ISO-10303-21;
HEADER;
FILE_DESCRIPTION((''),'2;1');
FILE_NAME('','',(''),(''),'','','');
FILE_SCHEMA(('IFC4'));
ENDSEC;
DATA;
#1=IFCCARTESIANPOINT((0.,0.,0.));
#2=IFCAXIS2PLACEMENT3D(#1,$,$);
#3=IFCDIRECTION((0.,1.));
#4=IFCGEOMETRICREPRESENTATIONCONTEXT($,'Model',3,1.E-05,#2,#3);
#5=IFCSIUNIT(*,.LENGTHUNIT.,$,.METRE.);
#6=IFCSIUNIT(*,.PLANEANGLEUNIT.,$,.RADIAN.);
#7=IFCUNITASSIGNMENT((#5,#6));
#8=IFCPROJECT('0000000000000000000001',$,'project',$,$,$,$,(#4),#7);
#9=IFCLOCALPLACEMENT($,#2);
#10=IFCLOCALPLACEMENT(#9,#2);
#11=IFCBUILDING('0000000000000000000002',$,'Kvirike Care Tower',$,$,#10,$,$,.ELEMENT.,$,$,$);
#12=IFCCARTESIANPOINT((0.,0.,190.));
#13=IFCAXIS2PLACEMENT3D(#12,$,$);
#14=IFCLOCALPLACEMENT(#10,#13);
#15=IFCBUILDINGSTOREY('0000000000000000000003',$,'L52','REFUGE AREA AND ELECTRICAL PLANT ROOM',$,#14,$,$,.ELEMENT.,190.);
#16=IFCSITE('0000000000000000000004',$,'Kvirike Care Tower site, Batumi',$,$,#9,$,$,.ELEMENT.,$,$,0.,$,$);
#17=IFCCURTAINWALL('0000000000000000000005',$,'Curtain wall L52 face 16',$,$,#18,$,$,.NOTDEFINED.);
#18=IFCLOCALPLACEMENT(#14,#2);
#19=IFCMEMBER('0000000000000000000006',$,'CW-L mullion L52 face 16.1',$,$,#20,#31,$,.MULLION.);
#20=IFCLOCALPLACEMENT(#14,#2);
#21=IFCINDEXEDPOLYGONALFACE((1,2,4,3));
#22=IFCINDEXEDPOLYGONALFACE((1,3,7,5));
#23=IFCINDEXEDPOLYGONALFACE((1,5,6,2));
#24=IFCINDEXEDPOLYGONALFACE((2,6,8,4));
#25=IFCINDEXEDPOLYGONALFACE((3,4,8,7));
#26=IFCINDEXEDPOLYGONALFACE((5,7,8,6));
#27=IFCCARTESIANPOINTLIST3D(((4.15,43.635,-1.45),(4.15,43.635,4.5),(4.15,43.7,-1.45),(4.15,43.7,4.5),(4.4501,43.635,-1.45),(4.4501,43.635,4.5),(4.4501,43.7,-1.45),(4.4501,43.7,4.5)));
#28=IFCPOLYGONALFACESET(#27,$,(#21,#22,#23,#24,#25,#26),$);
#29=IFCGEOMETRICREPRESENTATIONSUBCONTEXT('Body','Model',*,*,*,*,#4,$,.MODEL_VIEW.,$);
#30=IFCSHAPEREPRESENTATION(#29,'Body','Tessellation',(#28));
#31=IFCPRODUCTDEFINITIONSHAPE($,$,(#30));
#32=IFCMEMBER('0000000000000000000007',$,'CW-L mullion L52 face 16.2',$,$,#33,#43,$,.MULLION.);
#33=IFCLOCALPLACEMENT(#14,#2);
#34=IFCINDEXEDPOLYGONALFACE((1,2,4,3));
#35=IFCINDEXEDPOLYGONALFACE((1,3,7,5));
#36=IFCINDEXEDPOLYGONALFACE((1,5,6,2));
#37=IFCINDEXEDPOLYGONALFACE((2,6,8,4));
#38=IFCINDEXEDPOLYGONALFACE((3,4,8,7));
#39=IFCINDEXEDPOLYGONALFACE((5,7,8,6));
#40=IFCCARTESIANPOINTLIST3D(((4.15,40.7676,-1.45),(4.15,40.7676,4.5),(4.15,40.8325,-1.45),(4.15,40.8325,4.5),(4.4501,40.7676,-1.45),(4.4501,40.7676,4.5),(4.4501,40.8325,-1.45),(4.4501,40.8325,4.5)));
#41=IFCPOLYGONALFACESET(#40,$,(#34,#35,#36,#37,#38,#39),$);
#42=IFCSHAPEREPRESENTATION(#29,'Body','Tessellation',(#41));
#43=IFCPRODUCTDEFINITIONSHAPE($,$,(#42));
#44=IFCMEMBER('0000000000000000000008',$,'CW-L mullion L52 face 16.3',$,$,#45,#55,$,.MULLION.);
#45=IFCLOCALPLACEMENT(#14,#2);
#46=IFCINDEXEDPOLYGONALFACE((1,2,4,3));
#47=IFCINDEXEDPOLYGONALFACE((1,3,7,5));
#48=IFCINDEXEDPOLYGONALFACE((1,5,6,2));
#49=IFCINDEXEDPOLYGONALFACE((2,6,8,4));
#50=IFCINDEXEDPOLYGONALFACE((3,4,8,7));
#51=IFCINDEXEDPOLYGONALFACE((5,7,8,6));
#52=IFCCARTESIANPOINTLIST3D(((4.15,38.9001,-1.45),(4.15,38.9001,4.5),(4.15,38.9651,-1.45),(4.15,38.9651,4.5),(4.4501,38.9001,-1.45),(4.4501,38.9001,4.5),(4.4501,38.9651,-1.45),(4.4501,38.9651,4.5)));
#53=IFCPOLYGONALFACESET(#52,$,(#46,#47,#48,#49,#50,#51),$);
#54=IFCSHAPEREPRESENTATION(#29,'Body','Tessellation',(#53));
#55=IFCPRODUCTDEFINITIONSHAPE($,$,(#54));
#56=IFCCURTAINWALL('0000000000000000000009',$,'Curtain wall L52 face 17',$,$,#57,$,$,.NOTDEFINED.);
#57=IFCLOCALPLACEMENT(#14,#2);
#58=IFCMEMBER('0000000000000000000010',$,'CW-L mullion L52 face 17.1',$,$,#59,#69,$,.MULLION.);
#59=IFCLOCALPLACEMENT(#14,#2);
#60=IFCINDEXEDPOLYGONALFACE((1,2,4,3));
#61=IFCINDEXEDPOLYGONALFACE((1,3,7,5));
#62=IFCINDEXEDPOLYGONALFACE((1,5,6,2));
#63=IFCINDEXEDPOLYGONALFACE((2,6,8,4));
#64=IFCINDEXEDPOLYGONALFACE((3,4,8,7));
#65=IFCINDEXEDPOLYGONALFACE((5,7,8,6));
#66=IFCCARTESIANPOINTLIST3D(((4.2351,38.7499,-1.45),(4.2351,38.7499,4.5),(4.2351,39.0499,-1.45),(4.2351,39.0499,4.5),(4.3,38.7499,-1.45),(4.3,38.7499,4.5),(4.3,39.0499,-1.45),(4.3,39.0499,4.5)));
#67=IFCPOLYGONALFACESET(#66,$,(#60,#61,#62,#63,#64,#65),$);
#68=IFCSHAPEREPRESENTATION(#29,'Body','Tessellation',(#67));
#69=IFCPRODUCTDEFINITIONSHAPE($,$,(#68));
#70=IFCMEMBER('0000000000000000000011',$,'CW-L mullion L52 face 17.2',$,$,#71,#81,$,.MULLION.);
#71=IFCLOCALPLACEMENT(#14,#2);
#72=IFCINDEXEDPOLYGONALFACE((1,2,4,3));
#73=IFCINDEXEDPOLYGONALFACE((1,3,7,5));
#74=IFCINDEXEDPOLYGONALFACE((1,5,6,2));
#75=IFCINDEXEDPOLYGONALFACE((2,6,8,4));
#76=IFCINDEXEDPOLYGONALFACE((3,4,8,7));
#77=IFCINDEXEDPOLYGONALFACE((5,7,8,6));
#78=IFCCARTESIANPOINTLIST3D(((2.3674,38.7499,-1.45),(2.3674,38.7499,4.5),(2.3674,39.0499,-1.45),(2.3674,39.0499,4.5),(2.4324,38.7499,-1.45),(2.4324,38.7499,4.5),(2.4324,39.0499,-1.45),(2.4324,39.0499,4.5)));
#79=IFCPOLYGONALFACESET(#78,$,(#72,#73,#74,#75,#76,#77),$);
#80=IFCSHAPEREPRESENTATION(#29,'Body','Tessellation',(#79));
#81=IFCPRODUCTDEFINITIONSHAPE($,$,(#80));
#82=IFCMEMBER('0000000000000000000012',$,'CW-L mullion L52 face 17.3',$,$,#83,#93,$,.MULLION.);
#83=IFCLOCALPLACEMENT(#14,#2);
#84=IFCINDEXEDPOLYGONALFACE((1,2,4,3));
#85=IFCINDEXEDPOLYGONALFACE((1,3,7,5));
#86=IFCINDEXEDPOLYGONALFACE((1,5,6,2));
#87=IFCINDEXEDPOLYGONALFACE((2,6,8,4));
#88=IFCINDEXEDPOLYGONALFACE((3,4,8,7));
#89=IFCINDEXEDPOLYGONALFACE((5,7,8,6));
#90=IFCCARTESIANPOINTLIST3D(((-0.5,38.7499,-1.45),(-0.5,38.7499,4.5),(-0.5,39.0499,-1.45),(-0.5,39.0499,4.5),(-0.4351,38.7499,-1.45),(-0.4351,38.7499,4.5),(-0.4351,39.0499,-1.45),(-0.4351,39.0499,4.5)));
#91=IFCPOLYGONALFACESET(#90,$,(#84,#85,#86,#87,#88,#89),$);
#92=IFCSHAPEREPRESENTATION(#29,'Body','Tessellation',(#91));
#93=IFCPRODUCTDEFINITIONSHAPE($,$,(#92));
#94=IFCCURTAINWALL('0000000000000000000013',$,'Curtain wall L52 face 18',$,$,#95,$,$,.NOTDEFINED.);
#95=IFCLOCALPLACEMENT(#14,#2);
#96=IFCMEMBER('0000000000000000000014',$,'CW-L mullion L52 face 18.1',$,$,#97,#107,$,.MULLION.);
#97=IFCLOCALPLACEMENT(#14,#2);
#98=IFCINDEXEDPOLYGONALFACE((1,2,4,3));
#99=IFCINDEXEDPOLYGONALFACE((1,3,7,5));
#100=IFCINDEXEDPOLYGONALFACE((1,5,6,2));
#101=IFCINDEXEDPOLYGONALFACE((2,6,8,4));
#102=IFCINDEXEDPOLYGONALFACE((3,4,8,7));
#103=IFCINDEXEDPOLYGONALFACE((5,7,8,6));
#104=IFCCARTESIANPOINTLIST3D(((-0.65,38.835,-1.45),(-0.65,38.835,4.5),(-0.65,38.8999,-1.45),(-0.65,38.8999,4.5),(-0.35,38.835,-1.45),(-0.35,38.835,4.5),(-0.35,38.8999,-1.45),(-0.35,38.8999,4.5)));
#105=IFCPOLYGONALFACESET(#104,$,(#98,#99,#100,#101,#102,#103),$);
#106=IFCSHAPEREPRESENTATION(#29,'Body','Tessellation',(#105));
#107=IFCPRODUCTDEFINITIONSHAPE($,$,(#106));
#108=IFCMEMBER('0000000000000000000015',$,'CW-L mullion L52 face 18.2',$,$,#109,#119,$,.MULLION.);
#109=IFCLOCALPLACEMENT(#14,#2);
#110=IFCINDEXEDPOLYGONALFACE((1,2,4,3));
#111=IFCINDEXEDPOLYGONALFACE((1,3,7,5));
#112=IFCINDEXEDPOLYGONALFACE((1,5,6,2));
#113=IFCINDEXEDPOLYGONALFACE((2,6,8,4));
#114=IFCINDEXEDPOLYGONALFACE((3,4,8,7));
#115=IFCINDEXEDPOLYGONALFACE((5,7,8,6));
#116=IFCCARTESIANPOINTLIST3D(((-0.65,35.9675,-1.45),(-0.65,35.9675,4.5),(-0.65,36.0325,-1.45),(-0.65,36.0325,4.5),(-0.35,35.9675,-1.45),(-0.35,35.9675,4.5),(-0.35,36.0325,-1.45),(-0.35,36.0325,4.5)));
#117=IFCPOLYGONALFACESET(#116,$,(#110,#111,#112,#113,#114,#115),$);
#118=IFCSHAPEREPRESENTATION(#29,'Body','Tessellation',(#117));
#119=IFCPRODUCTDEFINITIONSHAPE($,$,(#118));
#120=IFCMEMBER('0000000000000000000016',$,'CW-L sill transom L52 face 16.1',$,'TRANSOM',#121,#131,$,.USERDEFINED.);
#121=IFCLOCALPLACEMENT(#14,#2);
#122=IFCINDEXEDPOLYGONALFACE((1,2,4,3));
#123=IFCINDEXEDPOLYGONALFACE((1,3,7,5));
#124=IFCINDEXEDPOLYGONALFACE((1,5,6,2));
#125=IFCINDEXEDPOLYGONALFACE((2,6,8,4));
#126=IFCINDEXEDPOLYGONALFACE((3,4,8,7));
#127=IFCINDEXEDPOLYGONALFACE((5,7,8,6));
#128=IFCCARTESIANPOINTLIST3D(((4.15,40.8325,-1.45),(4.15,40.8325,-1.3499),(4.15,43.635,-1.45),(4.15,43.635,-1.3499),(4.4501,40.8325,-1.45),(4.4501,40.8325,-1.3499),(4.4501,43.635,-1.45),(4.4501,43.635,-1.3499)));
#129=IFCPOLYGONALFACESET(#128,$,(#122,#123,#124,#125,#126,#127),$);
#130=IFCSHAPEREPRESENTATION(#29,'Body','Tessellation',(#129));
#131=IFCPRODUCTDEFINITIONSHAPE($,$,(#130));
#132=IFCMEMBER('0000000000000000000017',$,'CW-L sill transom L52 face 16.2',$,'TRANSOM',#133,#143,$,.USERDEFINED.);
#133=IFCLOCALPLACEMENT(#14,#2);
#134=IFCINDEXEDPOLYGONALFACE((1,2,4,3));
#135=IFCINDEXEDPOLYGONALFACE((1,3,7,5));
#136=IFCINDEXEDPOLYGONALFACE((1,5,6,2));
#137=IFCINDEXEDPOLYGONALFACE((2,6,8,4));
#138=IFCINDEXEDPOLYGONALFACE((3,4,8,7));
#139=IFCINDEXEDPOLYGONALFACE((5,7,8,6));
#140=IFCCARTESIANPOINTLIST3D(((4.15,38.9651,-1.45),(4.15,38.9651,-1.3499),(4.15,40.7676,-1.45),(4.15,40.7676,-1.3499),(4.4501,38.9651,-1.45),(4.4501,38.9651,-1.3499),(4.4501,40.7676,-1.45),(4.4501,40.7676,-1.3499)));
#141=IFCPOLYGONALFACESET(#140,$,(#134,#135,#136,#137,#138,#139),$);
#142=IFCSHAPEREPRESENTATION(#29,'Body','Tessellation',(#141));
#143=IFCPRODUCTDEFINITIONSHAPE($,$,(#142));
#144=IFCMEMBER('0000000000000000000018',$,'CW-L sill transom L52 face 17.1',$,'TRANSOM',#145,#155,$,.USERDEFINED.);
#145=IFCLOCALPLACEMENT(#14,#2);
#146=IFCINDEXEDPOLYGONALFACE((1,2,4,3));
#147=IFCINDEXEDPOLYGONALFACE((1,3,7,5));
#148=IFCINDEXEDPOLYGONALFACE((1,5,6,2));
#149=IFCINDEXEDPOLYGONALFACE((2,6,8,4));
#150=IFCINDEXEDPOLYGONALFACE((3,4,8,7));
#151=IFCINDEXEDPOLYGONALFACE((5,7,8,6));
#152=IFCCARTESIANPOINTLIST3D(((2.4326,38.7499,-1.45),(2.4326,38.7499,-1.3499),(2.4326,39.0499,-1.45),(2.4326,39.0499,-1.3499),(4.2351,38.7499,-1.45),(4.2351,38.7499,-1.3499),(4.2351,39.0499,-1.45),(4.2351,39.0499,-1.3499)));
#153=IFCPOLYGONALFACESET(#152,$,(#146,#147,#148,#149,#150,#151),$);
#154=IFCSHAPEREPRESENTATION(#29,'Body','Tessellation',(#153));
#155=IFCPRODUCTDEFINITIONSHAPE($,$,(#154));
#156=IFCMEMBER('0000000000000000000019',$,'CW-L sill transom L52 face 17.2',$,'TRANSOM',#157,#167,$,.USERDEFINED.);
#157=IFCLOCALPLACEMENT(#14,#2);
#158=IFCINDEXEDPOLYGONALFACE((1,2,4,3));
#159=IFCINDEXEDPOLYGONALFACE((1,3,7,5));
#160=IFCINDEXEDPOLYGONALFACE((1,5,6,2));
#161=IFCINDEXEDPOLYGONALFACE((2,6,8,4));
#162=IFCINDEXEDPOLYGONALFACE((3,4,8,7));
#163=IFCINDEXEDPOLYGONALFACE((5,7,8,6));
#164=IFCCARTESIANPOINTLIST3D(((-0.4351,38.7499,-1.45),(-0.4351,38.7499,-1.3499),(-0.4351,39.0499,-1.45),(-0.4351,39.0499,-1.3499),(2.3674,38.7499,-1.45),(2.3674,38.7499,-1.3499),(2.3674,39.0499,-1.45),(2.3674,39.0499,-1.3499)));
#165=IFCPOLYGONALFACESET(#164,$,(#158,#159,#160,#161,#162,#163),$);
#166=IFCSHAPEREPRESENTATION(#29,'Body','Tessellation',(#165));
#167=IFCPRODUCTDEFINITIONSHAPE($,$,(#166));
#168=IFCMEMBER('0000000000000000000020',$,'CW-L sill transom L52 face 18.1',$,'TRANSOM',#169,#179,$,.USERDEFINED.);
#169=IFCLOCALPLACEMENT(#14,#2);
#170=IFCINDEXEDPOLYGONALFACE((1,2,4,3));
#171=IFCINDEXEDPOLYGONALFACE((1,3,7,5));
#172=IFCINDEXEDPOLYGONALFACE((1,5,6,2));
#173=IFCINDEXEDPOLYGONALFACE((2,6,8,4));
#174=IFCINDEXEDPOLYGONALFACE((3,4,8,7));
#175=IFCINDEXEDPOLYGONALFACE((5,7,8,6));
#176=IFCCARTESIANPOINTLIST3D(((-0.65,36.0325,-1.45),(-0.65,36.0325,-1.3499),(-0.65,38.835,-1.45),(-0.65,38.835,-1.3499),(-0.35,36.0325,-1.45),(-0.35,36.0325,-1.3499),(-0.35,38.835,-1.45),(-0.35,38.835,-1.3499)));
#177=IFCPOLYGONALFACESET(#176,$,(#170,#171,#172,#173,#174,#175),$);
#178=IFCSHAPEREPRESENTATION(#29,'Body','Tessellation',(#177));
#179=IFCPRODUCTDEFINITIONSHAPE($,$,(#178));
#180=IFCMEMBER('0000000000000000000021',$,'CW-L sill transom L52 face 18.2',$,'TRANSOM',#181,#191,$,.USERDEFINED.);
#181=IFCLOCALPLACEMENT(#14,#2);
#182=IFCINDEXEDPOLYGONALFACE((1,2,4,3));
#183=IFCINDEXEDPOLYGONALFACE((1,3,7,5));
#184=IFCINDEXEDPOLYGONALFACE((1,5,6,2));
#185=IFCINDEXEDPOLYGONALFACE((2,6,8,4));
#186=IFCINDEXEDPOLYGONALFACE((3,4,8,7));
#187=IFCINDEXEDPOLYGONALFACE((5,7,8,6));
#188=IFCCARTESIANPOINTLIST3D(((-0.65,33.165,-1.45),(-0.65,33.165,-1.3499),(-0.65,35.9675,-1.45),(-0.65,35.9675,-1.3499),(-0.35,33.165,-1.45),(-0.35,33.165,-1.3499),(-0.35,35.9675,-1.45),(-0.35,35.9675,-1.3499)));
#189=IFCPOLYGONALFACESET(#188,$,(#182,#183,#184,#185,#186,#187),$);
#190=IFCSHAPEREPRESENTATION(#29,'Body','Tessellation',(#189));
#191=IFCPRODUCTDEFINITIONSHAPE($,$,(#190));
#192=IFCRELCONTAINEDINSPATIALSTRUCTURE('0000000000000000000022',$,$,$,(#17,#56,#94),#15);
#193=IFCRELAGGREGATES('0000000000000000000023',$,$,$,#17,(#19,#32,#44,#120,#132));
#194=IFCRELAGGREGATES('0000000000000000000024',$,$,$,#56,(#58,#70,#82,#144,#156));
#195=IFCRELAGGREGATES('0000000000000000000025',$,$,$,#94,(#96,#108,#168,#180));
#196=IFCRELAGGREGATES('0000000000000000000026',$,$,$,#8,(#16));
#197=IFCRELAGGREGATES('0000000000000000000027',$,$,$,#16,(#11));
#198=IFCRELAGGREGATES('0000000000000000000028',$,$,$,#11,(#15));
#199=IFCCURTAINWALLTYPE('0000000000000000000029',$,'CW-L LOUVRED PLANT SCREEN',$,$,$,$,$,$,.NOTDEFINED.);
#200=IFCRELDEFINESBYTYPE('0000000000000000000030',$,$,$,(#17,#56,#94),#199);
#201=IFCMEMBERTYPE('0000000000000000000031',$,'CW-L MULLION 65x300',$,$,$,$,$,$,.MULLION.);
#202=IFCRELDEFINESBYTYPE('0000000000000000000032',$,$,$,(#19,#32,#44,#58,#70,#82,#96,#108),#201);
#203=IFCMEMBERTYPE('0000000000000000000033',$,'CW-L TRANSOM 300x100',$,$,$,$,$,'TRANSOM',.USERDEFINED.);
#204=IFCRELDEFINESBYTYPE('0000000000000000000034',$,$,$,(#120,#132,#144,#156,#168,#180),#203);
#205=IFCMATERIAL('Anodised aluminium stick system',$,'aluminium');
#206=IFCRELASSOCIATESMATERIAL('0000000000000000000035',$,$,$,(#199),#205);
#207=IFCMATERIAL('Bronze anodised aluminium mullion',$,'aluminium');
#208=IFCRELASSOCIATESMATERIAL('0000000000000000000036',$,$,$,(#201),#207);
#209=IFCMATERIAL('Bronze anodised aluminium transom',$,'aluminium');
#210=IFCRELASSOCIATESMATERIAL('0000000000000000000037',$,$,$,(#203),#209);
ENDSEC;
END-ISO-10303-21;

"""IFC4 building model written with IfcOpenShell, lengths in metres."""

from ifc_helpers import new_model, si_unit, direction, frame, origin, origin_2d, place, context, subcontext, project, spatial, rectangle, extrude, material, material_profile, profile_set, type_object, element, aggregate, save


model = new_model("IFC4")

# Units and contexts
model_context = context("Model", 3, precision=1e-05, world=origin(), true_north=direction((0.0, 1.0)))
body_context = subcontext(model_context, "Body", "Model", "MODEL_VIEW")
ifc_project = project(units=[si_unit("LENGTHUNIT", "METRE"), si_unit("PLANEANGLEUNIT", "RADIAN")], contexts=[model_context])

# Site, building, storey
site_placement = place(None, origin())
site = spatial("IfcSite", under=ifc_project, at=site_placement, Name="Kvirike Care Tower site, Batumi", CompositionType="ELEMENT", RefElevation=0.0)
building_placement = place(site_placement, origin())
building = spatial("IfcBuilding", under=site, at=building_placement, Name="Kvirike Care Tower", CompositionType="ELEMENT")
storey_placement = place(building_placement, frame((0.0, 0.0, 190.0)))
storey = spatial("IfcBuildingStorey", under=building, at=storey_placement, Name="L52", Description="REFUGE AREA AND ELECTRICAL PLANT ROOM", CompositionType="ELEMENT", Elevation=190.0)

# Curtain wall
ifc_material_1 = material(Name="Anodised aluminium stick system", Category="aluminium")
curtain_wall_type = type_object("IfcCurtainWallType", Name="CW-L LOUVRED PLANT SCREEN", PredefinedType="NOTDEFINED", material=ifc_material_1)
curtain_wall_1_placement = place(storey_placement, origin())
curtain_wall_1 = element("IfcCurtainWall", 1, at=curtain_wall_1_placement, inside=storey, type_object=curtain_wall_type, Name="Curtain wall L52 face 16", PredefinedType="NOTDEFINED")
ifc_material_2 = material(Name="Bronze anodised aluminium mullion", Category="aluminium")
ifc_material_profile_1 = material_profile(ifc_material_2, rectangle(XDim=0.0649, YDim=0.3, at=origin_2d()), Name="CW-L MULLION 65x300")
ifc_profile_set_1 = profile_set([ifc_material_profile_1], Name="Bronze anodised aluminium mullion")
member_type_1 = type_object("IfcMemberType", Name="CW-L MULLION 65x300", PredefinedType="MULLION", material=ifc_profile_set_1)

# Members
member_1_placement = place(storey_placement, frame((4.3, 43.6675, -1.45), z_axis=(0.0, 0.0, 1.0), x_axis=(0.0, -1.0, 0.0)))
member_1 = element("IfcMember", 2, at=member_1_placement, type_object=member_type_1, Name="CW-L mullion L52 face 16.1", PredefinedType="MULLION", context=body_context, shape_type="SweptSolid", body=[
    extrude(rectangle(XDim=0.0649, YDim=0.3, at=origin_2d()), origin(), (0.0, 0.0, 1.0), 5.95),
])
member_2_placement = place(storey_placement, frame((4.3, 40.8, -1.45), z_axis=(0.0, 0.0, 1.0), x_axis=(0.0, -1.0, 0.0)))
member_2 = element("IfcMember", 3, at=member_2_placement, type_object=member_type_1, Name="CW-L mullion L52 face 16.2", PredefinedType="MULLION", context=body_context, shape_type="SweptSolid", body=[
    extrude(rectangle(XDim=0.0649, YDim=0.3, at=origin_2d()), origin(), (0.0, 0.0, 1.0), 5.95),
])
member_3_placement = place(storey_placement, frame((4.3, 38.9326, -1.45), z_axis=(0.0, 0.0, 1.0), x_axis=(0.0, -1.0, 0.0)))
member_3 = element("IfcMember", 4, at=member_3_placement, type_object=member_type_1, Name="CW-L mullion L52 face 16.3", PredefinedType="MULLION", context=body_context, shape_type="SweptSolid", body=[
    extrude(rectangle(XDim=0.0649, YDim=0.3, at=origin_2d()), origin(), (0.0, 0.0, 1.0), 5.95),
])

# Curtain walls, members
curtain_wall_2_placement = place(storey_placement, origin())
curtain_wall_2 = element("IfcCurtainWall", 5, at=curtain_wall_2_placement, inside=storey, type_object=curtain_wall_type, Name="Curtain wall L52 face 17", PredefinedType="NOTDEFINED")
member_4_placement = place(storey_placement, frame((4.2676, 38.8999, -1.45), z_axis=(0.0, 0.0, 1.0), x_axis=(-1.0, 0.0, 0.0)))
member_4 = element("IfcMember", 6, at=member_4_placement, type_object=member_type_1, Name="CW-L mullion L52 face 17.1", PredefinedType="MULLION", context=body_context, shape_type="SweptSolid", body=[
    extrude(rectangle(XDim=0.0649, YDim=0.3, at=origin_2d()), origin(), (0.0, 0.0, 1.0), 5.95),
])
member_5_placement = place(storey_placement, frame((2.3999, 38.8999, -1.45), z_axis=(0.0, 0.0, 1.0), x_axis=(-1.0, 0.0, 0.0)))
member_5 = element("IfcMember", 7, at=member_5_placement, type_object=member_type_1, Name="CW-L mullion L52 face 17.2", PredefinedType="MULLION", context=body_context, shape_type="SweptSolid", body=[
    extrude(rectangle(XDim=0.0649, YDim=0.3, at=origin_2d()), origin(), (0.0, 0.0, 1.0), 5.95),
])
member_6_placement = place(storey_placement, frame((-0.4675, 38.8999, -1.45), z_axis=(0.0, 0.0, 1.0), x_axis=(-1.0, 0.0, 0.0)))
member_6 = element("IfcMember", 8, at=member_6_placement, type_object=member_type_1, Name="CW-L mullion L52 face 17.3", PredefinedType="MULLION", context=body_context, shape_type="SweptSolid", body=[
    extrude(rectangle(XDim=0.0649, YDim=0.3, at=origin_2d()), origin(), (0.0, 0.0, 1.0), 5.95),
])
curtain_wall_3_placement = place(storey_placement, origin())
curtain_wall_3 = element("IfcCurtainWall", 9, at=curtain_wall_3_placement, inside=storey, type_object=curtain_wall_type, Name="Curtain wall L52 face 18", PredefinedType="NOTDEFINED")
member_7_placement = place(storey_placement, frame((-0.5, 38.8674, -1.45), z_axis=(0.0, 0.0, 1.0), x_axis=(0.0, -1.0, 0.0)))
member_7 = element("IfcMember", 10, at=member_7_placement, type_object=member_type_1, Name="CW-L mullion L52 face 18.1", PredefinedType="MULLION", context=body_context, shape_type="SweptSolid", body=[
    extrude(rectangle(XDim=0.0649, YDim=0.3, at=origin_2d()), origin(), (0.0, 0.0, 1.0), 5.95),
])
member_8_placement = place(storey_placement, frame((-0.5, 36.0, -1.45), z_axis=(0.0, 0.0, 1.0), x_axis=(0.0, -1.0, 0.0)))
member_8 = element("IfcMember", 11, at=member_8_placement, type_object=member_type_1, Name="CW-L mullion L52 face 18.2", PredefinedType="MULLION", context=body_context, shape_type="SweptSolid", body=[
    extrude(rectangle(XDim=0.0649, YDim=0.3, at=origin_2d()), origin(), (0.0, 0.0, 1.0), 5.95),
])

# Members
ifc_material_3 = material(Name="Bronze anodised aluminium transom", Category="aluminium")
ifc_material_profile_2 = material_profile(ifc_material_3, rectangle(XDim=0.3, YDim=0.1001, at=origin_2d()), Name="CW-L TRANSOM 300x100")
ifc_profile_set_2 = profile_set([ifc_material_profile_2], Name="Bronze anodised aluminium transom")
member_type_2 = type_object("IfcMemberType", Name="CW-L TRANSOM 300x100", ElementType="TRANSOM", PredefinedType="USERDEFINED", material=ifc_profile_set_2)
member_9_placement = place(storey_placement, frame((4.3, 43.635, -1.3999), z_axis=(0.0, -1.0, 0.0), x_axis=(1.0, 0.0, 0.0)))
member_9 = element("IfcMember", 12, at=member_9_placement, type_object=member_type_2, Name="CW-L sill transom L52 face 16.1", ObjectType="TRANSOM", PredefinedType="USERDEFINED", context=body_context, shape_type="SweptSolid", body=[
    extrude(rectangle(XDim=0.3, YDim=0.1001, at=origin_2d()), origin(), (0.0, 0.0, 1.0), 2.8025),
])
member_10_placement = place(storey_placement, frame((4.3, 40.7676, -1.3999), z_axis=(0.0, -1.0, 0.0), x_axis=(1.0, 0.0, 0.0)))
member_10 = element("IfcMember", 13, at=member_10_placement, type_object=member_type_2, Name="CW-L sill transom L52 face 16.2", ObjectType="TRANSOM", PredefinedType="USERDEFINED", context=body_context, shape_type="SweptSolid", body=[
    extrude(rectangle(XDim=0.3, YDim=0.1001, at=origin_2d()), origin(), (0.0, 0.0, 1.0), 1.8025),
])
member_11_placement = place(storey_placement, frame((4.2351, 38.8999, -1.3999), z_axis=(-1.0, 0.0, 0.0), x_axis=(0.0, -1.0, 0.0)))
member_11 = element("IfcMember", 14, at=member_11_placement, type_object=member_type_2, Name="CW-L sill transom L52 face 17.1", ObjectType="TRANSOM", PredefinedType="USERDEFINED", context=body_context, shape_type="SweptSolid", body=[
    extrude(rectangle(XDim=0.3, YDim=0.1001, at=origin_2d()), origin(), (0.0, 0.0, 1.0), 1.8025),
])
member_12_placement = place(storey_placement, frame((2.3674, 38.8999, -1.3999), z_axis=(-1.0, 0.0, 0.0), x_axis=(0.0, -1.0, 0.0)))
member_12 = element("IfcMember", 15, at=member_12_placement, type_object=member_type_2, Name="CW-L sill transom L52 face 17.2", ObjectType="TRANSOM", PredefinedType="USERDEFINED", context=body_context, shape_type="SweptSolid", body=[
    extrude(rectangle(XDim=0.3, YDim=0.1001, at=origin_2d()), origin(), (0.0, 0.0, 1.0), 2.8025),
])
member_13_placement = place(storey_placement, frame((-0.5, 38.835, -1.3999), z_axis=(0.0, -1.0, 0.0), x_axis=(1.0, 0.0, 0.0)))
member_13 = element("IfcMember", 16, at=member_13_placement, type_object=member_type_2, Name="CW-L sill transom L52 face 18.1", ObjectType="TRANSOM", PredefinedType="USERDEFINED", context=body_context, shape_type="SweptSolid", body=[
    extrude(rectangle(XDim=0.3, YDim=0.1001, at=origin_2d()), origin(), (0.0, 0.0, 1.0), 2.8025),
])
member_14_placement = place(storey_placement, frame((-0.5, 35.9675, -1.3999), z_axis=(0.0, -1.0, 0.0), x_axis=(1.0, 0.0, 0.0)))
member_14 = element("IfcMember", 17, at=member_14_placement, type_object=member_type_2, Name="CW-L sill transom L52 face 18.2", ObjectType="TRANSOM", PredefinedType="USERDEFINED", context=body_context, shape_type="SweptSolid", body=[
    extrude(rectangle(XDim=0.3, YDim=0.1001, at=origin_2d()), origin(), (0.0, 0.0, 1.0), 2.8025),
])

aggregate(curtain_wall_1, [member_1, member_2, member_3, member_9, member_10])
aggregate(curtain_wall_2, [member_4, member_5, member_6, member_11, member_12])
aggregate(curtain_wall_3, [member_7, member_8, member_13, member_14])

save(model, "model.ifc")
